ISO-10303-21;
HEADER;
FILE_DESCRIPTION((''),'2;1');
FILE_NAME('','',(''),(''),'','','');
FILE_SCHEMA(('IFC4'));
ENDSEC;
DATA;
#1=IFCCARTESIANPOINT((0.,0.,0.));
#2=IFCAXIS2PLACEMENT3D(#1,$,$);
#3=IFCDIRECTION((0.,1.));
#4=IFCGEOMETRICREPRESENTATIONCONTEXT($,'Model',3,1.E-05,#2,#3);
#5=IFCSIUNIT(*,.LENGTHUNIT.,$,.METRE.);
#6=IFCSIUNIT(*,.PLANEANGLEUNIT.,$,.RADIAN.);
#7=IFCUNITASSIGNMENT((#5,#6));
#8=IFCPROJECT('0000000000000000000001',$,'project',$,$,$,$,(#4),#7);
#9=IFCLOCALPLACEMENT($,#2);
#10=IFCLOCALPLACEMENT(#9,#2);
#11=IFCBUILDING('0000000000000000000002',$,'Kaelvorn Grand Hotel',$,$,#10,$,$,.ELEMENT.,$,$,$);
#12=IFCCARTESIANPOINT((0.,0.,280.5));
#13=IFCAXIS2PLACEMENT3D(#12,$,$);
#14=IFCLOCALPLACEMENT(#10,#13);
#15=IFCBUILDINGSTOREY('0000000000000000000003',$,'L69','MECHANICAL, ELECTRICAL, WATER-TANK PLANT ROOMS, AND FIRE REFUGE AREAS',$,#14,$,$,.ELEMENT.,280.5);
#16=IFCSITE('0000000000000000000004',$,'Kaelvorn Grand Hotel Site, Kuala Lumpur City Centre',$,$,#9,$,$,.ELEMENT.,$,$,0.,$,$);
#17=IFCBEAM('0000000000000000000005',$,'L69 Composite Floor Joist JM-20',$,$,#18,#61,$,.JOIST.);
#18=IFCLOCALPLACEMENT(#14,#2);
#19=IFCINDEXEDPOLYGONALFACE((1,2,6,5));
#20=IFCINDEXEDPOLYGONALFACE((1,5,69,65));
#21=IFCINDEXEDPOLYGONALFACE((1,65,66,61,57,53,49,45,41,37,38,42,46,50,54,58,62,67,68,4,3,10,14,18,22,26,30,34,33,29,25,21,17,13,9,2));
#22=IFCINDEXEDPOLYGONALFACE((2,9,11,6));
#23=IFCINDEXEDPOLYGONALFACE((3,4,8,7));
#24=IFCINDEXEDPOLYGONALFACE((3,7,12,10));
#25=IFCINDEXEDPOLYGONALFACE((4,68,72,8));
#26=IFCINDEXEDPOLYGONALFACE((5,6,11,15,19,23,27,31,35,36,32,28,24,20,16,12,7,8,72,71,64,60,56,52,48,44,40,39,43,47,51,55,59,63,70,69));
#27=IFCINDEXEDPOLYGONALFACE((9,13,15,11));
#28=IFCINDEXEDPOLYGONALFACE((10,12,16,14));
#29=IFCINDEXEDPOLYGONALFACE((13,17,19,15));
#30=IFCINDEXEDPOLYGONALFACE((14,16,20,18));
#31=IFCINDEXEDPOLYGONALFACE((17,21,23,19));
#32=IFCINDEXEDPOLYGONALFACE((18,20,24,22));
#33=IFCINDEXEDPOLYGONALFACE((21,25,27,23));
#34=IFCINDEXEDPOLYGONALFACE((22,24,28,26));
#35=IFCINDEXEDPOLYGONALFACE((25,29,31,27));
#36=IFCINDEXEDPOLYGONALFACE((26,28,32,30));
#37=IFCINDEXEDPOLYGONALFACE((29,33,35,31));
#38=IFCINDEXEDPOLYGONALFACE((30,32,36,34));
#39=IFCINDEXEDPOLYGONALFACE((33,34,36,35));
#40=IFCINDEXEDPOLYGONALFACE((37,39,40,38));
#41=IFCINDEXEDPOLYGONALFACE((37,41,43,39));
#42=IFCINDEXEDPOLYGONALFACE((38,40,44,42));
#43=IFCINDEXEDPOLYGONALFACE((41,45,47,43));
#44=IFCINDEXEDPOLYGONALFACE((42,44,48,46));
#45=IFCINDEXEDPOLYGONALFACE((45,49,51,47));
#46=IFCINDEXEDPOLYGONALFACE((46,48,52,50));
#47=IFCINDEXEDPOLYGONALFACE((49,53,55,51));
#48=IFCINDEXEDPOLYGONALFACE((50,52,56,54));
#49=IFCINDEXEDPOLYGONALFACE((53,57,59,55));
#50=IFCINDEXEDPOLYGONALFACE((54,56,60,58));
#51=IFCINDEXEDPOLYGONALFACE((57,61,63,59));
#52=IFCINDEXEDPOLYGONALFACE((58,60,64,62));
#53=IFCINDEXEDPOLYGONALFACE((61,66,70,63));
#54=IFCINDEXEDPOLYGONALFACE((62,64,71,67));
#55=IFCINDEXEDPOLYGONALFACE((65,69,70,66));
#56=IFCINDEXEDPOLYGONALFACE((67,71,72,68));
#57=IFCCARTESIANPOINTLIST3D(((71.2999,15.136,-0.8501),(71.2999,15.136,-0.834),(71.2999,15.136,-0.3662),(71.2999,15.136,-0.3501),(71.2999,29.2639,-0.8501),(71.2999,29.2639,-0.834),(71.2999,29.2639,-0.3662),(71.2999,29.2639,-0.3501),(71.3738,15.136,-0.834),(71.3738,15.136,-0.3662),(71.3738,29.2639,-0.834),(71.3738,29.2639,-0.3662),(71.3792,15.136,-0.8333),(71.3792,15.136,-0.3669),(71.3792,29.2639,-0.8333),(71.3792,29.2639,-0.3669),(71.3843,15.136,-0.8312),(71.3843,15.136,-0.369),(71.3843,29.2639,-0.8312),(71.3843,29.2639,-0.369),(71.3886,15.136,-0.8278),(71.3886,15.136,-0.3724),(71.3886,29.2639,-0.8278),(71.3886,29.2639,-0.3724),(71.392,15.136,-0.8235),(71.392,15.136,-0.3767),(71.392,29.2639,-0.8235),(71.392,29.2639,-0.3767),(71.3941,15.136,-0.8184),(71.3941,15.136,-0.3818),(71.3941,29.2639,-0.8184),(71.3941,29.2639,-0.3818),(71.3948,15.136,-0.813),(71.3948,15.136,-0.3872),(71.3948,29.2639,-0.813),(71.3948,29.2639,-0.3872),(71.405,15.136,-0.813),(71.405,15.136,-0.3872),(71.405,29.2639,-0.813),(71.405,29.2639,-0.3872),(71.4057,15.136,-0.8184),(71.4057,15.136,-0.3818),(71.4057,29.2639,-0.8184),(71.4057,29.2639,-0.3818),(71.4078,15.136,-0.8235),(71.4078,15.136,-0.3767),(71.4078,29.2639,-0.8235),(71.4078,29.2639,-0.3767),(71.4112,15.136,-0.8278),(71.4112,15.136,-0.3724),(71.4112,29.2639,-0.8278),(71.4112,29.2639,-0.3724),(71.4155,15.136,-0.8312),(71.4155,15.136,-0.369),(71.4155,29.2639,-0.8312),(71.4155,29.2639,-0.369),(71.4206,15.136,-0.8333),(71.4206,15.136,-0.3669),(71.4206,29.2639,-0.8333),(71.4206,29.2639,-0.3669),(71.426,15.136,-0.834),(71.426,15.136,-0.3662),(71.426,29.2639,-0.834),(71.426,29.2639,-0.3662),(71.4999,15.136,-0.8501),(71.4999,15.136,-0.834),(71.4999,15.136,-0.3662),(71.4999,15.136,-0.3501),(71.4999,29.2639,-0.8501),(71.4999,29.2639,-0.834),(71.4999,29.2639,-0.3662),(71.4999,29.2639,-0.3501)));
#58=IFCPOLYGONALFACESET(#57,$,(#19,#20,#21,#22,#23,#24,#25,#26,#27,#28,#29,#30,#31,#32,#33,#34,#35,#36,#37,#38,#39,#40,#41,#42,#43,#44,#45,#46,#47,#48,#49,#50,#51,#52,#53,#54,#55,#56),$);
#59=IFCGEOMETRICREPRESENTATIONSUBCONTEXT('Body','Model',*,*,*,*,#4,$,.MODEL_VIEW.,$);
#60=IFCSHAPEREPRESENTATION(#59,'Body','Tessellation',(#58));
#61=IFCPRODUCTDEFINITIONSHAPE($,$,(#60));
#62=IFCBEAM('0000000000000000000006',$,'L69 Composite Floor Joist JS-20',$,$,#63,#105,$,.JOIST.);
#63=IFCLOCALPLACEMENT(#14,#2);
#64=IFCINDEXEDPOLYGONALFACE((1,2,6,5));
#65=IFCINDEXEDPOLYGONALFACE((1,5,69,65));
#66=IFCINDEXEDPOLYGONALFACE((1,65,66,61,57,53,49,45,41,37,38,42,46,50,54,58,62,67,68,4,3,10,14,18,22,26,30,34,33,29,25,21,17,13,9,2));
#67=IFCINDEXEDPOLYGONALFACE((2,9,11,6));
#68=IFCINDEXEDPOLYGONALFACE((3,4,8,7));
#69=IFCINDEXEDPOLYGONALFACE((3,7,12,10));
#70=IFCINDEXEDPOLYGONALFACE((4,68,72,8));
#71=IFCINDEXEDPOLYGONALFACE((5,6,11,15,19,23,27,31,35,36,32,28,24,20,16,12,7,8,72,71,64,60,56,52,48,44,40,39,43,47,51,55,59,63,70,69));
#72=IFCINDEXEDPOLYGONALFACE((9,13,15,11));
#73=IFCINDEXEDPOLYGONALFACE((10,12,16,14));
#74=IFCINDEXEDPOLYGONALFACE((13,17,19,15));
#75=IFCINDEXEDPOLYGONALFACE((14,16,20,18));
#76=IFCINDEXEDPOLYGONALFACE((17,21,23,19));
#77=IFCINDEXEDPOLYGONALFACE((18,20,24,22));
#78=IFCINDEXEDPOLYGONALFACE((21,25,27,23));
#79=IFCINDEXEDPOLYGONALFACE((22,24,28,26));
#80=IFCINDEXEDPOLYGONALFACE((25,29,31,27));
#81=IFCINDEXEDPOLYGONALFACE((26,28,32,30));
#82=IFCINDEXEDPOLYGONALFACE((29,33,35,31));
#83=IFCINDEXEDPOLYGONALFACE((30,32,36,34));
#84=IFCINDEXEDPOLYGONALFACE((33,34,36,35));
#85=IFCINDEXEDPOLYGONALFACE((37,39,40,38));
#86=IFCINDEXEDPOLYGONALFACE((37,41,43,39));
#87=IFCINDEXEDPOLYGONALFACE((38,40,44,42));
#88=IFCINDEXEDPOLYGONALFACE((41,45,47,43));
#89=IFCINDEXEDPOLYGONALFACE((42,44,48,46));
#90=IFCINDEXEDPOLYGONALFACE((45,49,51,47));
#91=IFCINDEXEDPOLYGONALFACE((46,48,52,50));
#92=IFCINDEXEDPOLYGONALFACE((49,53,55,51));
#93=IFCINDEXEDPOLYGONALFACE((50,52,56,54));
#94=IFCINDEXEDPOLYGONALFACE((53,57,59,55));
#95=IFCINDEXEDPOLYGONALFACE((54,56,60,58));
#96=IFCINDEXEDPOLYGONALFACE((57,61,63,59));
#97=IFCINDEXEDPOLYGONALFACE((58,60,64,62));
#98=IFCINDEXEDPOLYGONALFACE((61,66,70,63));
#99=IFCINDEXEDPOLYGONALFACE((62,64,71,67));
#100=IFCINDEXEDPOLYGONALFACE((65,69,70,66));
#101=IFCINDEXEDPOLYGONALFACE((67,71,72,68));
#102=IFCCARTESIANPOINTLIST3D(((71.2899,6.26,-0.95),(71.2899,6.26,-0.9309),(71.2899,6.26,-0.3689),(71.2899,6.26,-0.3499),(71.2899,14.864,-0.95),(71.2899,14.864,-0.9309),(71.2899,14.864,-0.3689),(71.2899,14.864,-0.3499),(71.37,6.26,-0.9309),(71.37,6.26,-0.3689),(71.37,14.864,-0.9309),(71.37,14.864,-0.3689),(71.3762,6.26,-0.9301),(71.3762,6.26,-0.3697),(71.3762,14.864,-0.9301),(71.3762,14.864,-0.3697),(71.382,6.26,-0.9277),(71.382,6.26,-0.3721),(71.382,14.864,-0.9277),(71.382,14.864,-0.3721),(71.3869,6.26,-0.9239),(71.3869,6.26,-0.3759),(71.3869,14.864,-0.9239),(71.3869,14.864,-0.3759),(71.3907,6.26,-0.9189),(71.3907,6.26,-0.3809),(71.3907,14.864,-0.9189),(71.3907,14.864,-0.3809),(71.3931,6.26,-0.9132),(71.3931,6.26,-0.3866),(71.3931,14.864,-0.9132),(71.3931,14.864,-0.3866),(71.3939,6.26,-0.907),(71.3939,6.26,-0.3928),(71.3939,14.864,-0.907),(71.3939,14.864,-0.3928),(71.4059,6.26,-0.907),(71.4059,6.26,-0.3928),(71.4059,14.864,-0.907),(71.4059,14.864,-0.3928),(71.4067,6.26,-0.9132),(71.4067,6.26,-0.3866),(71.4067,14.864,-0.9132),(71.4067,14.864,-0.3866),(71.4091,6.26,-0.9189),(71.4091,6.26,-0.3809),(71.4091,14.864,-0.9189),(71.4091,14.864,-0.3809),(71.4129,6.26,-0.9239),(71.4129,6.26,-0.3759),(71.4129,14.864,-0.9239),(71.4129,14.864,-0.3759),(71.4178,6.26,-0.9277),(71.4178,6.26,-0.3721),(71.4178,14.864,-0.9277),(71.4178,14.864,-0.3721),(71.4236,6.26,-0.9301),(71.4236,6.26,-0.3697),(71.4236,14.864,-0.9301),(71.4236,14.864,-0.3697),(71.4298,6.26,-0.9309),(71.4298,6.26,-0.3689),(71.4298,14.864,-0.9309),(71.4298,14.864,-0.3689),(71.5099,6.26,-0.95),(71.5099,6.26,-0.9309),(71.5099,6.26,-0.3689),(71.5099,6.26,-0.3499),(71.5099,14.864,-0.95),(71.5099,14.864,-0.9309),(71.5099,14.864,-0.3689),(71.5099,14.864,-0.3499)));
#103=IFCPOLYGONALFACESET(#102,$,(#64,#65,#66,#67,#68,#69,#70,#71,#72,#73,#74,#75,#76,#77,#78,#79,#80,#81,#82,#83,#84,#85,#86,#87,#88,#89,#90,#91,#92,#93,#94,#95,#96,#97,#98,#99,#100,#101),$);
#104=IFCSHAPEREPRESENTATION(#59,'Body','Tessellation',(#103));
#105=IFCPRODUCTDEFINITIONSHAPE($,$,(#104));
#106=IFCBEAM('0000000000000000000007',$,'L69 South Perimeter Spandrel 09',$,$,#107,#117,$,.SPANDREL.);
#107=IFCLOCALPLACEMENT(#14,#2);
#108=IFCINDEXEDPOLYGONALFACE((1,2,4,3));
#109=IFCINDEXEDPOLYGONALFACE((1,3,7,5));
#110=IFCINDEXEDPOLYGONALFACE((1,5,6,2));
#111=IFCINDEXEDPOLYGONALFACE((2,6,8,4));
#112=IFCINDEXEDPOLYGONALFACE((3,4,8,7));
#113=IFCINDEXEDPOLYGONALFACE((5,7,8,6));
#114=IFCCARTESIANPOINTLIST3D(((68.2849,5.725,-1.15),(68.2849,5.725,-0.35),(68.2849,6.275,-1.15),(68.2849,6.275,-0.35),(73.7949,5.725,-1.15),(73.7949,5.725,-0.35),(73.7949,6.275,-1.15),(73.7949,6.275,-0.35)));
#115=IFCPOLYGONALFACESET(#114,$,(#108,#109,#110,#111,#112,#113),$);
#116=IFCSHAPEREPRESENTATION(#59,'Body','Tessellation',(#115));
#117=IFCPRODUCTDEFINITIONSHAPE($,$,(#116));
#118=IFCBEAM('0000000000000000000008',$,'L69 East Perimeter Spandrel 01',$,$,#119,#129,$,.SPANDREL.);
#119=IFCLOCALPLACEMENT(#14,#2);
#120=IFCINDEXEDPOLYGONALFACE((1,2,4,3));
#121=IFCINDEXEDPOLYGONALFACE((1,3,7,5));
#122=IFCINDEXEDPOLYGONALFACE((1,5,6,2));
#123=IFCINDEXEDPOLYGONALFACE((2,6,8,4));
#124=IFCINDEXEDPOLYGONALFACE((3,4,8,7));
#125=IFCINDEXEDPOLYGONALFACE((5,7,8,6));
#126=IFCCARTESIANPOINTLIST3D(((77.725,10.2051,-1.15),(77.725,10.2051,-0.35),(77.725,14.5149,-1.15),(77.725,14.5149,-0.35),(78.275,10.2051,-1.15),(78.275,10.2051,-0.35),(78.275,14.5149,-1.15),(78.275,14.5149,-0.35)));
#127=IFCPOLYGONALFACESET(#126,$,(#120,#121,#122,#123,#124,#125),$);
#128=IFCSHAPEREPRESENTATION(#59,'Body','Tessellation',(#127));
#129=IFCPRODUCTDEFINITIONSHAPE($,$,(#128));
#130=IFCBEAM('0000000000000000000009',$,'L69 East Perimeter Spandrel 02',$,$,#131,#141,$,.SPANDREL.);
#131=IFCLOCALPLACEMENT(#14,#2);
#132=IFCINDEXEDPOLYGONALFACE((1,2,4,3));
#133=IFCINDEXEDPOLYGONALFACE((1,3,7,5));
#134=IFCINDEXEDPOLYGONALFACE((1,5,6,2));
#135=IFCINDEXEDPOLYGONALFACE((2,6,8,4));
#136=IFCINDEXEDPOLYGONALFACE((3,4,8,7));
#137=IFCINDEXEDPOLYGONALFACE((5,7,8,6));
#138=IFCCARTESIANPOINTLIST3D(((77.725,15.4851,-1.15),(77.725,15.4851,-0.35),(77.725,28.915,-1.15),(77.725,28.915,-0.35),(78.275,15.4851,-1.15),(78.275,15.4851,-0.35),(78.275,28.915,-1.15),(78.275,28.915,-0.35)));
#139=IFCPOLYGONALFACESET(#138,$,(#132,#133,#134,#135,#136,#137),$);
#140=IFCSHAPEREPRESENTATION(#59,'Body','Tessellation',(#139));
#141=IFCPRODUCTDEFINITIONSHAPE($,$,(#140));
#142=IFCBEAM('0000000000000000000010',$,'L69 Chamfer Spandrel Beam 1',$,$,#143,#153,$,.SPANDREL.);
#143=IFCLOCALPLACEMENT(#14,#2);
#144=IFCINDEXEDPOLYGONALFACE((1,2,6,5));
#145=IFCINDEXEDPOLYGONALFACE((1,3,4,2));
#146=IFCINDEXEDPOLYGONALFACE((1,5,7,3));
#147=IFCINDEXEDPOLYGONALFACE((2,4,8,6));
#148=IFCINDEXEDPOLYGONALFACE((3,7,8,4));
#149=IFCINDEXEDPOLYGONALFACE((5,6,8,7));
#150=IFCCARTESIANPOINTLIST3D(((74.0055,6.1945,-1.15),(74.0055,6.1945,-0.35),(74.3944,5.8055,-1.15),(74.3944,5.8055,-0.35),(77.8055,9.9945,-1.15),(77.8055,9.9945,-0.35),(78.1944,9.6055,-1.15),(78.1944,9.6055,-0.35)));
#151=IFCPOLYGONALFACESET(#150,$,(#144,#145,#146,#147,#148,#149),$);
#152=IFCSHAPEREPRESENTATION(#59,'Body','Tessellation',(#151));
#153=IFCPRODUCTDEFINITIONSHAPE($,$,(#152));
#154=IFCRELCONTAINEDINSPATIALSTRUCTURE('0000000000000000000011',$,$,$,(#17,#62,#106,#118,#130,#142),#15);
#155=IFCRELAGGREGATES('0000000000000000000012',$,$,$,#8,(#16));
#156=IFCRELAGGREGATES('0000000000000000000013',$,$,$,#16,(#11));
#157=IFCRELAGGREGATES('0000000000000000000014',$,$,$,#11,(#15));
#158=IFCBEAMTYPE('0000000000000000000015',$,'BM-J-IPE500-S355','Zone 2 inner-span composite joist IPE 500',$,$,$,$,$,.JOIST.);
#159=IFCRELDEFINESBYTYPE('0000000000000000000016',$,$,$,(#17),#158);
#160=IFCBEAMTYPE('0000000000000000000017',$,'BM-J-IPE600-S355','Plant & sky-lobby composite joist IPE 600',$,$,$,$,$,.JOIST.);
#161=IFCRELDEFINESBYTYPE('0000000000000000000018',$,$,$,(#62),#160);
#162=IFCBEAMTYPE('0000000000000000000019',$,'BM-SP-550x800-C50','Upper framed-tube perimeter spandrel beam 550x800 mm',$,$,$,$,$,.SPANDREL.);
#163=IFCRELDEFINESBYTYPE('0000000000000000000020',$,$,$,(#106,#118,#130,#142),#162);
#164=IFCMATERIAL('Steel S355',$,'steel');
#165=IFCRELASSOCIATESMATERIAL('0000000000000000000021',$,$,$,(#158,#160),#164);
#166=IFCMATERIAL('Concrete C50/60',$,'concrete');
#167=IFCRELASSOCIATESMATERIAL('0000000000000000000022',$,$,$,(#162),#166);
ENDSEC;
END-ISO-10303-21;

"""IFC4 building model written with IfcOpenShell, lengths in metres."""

from ifc_helpers import new_model, si_unit, direction, frame, origin, origin_2d, place, context, subcontext, project, spatial, rectangle, i_section, extrude, material, material_profile, profile_set, type_object, element, save


model = new_model("IFC4")

# Units and contexts
model_context = context("Model", 3, precision=1e-05, world=origin(), true_north=direction((0.0, 1.0)))
body_context = subcontext(model_context, "Body", "Model", "MODEL_VIEW")
ifc_project = project(units=[si_unit("LENGTHUNIT", "METRE"), si_unit("PLANEANGLEUNIT", "RADIAN")], contexts=[model_context])

# Site, building, storey
site_placement = place(None, origin())
site = spatial("IfcSite", under=ifc_project, at=site_placement, Name="Kaelvorn Grand Hotel Site, Kuala Lumpur City Centre", CompositionType="ELEMENT", RefElevation=0.0)
building_placement = place(site_placement, origin())
building = spatial("IfcBuilding", under=site, at=building_placement, Name="Kaelvorn Grand Hotel", CompositionType="ELEMENT")
storey_placement = place(building_placement, frame((0.0, 0.0, 280.5)))
storey = spatial("IfcBuildingStorey", under=building, at=storey_placement, Name="L69", Description="MECHANICAL, ELECTRICAL, WATER-TANK PLANT ROOMS, AND FIRE REFUGE AREAS", CompositionType="ELEMENT", Elevation=280.5)

# Shared definitions
ifc_material_1 = material(Name="Concrete C50/60", Category="concrete")

# Beams
ifc_material_2 = material(Name="Steel S355", Category="steel")
ifc_material_profile_1 = material_profile(ifc_material_2, i_section(OverallWidth=0.2, OverallDepth=0.5, WebThickness=0.0103, FlangeThickness=0.0161, FilletRadius=0.021, at=origin_2d()), Name="IPE 500")
ifc_profile_set_1 = profile_set([ifc_material_profile_1], Name="Steel S355")
beam_type_1 = type_object("IfcBeamType", Name="BM-J-IPE500-S355", Description="Zone 2 inner-span composite joist IPE 500", PredefinedType="JOIST", material=ifc_profile_set_1)
beam_1_placement = place(storey_placement, frame((71.3999, 15.136, -0.6001), z_axis=(0.0, 1.0, 0.0), x_axis=(-1.0, 0.0, 0.0)))
element("IfcBeam", 1, at=beam_1_placement, inside=storey, type_object=beam_type_1, Name="L69 Composite Floor Joist JM-20", PredefinedType="JOIST", context=body_context, shape_type="SweptSolid", body=[
    extrude(i_section(OverallWidth=0.2, OverallDepth=0.5, WebThickness=0.0103, FlangeThickness=0.0161, FilletRadius=0.021, at=origin_2d()), origin(), (0.0, 0.0, 1.0), 14.1279),
])
ifc_material_profile_2 = material_profile(ifc_material_2, i_section(OverallWidth=0.22, OverallDepth=0.6001, WebThickness=0.012, FlangeThickness=0.019, FilletRadius=0.0239, at=origin_2d()), Name="IPE 600")
ifc_profile_set_2 = profile_set([ifc_material_profile_2], Name="Steel S355")
beam_type_2 = type_object("IfcBeamType", Name="BM-J-IPE600-S355", Description="Plant & sky-lobby composite joist IPE 600", PredefinedType="JOIST", material=ifc_profile_set_2)
beam_2_placement = place(storey_placement, frame((71.3999, 6.26, -0.6499), z_axis=(0.0, 1.0, 0.0), x_axis=(-1.0, 0.0, 0.0)))
element("IfcBeam", 2, at=beam_2_placement, inside=storey, type_object=beam_type_2, Name="L69 Composite Floor Joist JS-20", PredefinedType="JOIST", context=body_context, shape_type="SweptSolid", body=[
    extrude(i_section(OverallWidth=0.22, OverallDepth=0.6001, WebThickness=0.012, FlangeThickness=0.019, FilletRadius=0.0239, at=origin_2d()), origin(), (0.0, 0.0, 1.0), 8.604),
])
ifc_material_profile_3 = material_profile(ifc_material_1, rectangle(XDim=0.55, YDim=0.8, at=origin_2d()), Name="RC SPANDREL 550x800")
ifc_profile_set_3 = profile_set([ifc_material_profile_3], Name="Concrete C50/60")
beam_type_3 = type_object("IfcBeamType", Name="BM-SP-550x800-C50", Description="Upper framed-tube perimeter spandrel beam 550x800 mm", PredefinedType="SPANDREL", material=ifc_profile_set_3)
beam_3_placement = place(storey_placement, frame((68.2849, 6.0, -0.75), z_axis=(1.0, 0.0, 0.0), x_axis=(0.0, 1.0, 0.0)))
element("IfcBeam", 3, at=beam_3_placement, inside=storey, type_object=beam_type_3, Name="L69 South Perimeter Spandrel 09", PredefinedType="SPANDREL", context=body_context, shape_type="SweptSolid", body=[
    extrude(rectangle(XDim=0.55, YDim=0.8, at=origin_2d()), origin(), (0.0, 0.0, 1.0), 5.51),
])
beam_4_placement = place(storey_placement, frame((78.0, 10.2051, -0.75), z_axis=(0.0, 1.0, 0.0), x_axis=(-1.0, 0.0, 0.0)))
element("IfcBeam", 4, at=beam_4_placement, inside=storey, type_object=beam_type_3, Name="L69 East Perimeter Spandrel 01", PredefinedType="SPANDREL", context=body_context, shape_type="SweptSolid", body=[
    extrude(rectangle(XDim=0.55, YDim=0.8, at=origin_2d()), origin(), (0.0, 0.0, 1.0), 4.3098),
])
beam_5_placement = place(storey_placement, frame((78.0, 15.4851, -0.75), z_axis=(0.0, 1.0, 0.0), x_axis=(-1.0, 0.0, 0.0)))
element("IfcBeam", 5, at=beam_5_placement, inside=storey, type_object=beam_type_3, Name="L69 East Perimeter Spandrel 02", PredefinedType="SPANDREL", context=body_context, shape_type="SweptSolid", body=[
    extrude(rectangle(XDim=0.55, YDim=0.8, at=origin_2d()), origin(), (0.0, 0.0, 1.0), 13.4299),
])
beam_6_placement = place(storey_placement, frame((74.2, 6.0, -0.75), z_axis=(0.707107, 0.707107, 0.0), x_axis=(-0.707107, 0.707107, 0.0)))
element("IfcBeam", 6, at=beam_6_placement, inside=storey, type_object=beam_type_3, Name="L69 Chamfer Spandrel Beam 1", PredefinedType="SPANDREL", context=body_context, shape_type="SweptSolid", body=[
    extrude(rectangle(XDim=0.55, YDim=0.8, at=origin_2d()), origin(), (0.0, 0.0, 1.0), 5.374),
])

save(model, "model.ifc")
